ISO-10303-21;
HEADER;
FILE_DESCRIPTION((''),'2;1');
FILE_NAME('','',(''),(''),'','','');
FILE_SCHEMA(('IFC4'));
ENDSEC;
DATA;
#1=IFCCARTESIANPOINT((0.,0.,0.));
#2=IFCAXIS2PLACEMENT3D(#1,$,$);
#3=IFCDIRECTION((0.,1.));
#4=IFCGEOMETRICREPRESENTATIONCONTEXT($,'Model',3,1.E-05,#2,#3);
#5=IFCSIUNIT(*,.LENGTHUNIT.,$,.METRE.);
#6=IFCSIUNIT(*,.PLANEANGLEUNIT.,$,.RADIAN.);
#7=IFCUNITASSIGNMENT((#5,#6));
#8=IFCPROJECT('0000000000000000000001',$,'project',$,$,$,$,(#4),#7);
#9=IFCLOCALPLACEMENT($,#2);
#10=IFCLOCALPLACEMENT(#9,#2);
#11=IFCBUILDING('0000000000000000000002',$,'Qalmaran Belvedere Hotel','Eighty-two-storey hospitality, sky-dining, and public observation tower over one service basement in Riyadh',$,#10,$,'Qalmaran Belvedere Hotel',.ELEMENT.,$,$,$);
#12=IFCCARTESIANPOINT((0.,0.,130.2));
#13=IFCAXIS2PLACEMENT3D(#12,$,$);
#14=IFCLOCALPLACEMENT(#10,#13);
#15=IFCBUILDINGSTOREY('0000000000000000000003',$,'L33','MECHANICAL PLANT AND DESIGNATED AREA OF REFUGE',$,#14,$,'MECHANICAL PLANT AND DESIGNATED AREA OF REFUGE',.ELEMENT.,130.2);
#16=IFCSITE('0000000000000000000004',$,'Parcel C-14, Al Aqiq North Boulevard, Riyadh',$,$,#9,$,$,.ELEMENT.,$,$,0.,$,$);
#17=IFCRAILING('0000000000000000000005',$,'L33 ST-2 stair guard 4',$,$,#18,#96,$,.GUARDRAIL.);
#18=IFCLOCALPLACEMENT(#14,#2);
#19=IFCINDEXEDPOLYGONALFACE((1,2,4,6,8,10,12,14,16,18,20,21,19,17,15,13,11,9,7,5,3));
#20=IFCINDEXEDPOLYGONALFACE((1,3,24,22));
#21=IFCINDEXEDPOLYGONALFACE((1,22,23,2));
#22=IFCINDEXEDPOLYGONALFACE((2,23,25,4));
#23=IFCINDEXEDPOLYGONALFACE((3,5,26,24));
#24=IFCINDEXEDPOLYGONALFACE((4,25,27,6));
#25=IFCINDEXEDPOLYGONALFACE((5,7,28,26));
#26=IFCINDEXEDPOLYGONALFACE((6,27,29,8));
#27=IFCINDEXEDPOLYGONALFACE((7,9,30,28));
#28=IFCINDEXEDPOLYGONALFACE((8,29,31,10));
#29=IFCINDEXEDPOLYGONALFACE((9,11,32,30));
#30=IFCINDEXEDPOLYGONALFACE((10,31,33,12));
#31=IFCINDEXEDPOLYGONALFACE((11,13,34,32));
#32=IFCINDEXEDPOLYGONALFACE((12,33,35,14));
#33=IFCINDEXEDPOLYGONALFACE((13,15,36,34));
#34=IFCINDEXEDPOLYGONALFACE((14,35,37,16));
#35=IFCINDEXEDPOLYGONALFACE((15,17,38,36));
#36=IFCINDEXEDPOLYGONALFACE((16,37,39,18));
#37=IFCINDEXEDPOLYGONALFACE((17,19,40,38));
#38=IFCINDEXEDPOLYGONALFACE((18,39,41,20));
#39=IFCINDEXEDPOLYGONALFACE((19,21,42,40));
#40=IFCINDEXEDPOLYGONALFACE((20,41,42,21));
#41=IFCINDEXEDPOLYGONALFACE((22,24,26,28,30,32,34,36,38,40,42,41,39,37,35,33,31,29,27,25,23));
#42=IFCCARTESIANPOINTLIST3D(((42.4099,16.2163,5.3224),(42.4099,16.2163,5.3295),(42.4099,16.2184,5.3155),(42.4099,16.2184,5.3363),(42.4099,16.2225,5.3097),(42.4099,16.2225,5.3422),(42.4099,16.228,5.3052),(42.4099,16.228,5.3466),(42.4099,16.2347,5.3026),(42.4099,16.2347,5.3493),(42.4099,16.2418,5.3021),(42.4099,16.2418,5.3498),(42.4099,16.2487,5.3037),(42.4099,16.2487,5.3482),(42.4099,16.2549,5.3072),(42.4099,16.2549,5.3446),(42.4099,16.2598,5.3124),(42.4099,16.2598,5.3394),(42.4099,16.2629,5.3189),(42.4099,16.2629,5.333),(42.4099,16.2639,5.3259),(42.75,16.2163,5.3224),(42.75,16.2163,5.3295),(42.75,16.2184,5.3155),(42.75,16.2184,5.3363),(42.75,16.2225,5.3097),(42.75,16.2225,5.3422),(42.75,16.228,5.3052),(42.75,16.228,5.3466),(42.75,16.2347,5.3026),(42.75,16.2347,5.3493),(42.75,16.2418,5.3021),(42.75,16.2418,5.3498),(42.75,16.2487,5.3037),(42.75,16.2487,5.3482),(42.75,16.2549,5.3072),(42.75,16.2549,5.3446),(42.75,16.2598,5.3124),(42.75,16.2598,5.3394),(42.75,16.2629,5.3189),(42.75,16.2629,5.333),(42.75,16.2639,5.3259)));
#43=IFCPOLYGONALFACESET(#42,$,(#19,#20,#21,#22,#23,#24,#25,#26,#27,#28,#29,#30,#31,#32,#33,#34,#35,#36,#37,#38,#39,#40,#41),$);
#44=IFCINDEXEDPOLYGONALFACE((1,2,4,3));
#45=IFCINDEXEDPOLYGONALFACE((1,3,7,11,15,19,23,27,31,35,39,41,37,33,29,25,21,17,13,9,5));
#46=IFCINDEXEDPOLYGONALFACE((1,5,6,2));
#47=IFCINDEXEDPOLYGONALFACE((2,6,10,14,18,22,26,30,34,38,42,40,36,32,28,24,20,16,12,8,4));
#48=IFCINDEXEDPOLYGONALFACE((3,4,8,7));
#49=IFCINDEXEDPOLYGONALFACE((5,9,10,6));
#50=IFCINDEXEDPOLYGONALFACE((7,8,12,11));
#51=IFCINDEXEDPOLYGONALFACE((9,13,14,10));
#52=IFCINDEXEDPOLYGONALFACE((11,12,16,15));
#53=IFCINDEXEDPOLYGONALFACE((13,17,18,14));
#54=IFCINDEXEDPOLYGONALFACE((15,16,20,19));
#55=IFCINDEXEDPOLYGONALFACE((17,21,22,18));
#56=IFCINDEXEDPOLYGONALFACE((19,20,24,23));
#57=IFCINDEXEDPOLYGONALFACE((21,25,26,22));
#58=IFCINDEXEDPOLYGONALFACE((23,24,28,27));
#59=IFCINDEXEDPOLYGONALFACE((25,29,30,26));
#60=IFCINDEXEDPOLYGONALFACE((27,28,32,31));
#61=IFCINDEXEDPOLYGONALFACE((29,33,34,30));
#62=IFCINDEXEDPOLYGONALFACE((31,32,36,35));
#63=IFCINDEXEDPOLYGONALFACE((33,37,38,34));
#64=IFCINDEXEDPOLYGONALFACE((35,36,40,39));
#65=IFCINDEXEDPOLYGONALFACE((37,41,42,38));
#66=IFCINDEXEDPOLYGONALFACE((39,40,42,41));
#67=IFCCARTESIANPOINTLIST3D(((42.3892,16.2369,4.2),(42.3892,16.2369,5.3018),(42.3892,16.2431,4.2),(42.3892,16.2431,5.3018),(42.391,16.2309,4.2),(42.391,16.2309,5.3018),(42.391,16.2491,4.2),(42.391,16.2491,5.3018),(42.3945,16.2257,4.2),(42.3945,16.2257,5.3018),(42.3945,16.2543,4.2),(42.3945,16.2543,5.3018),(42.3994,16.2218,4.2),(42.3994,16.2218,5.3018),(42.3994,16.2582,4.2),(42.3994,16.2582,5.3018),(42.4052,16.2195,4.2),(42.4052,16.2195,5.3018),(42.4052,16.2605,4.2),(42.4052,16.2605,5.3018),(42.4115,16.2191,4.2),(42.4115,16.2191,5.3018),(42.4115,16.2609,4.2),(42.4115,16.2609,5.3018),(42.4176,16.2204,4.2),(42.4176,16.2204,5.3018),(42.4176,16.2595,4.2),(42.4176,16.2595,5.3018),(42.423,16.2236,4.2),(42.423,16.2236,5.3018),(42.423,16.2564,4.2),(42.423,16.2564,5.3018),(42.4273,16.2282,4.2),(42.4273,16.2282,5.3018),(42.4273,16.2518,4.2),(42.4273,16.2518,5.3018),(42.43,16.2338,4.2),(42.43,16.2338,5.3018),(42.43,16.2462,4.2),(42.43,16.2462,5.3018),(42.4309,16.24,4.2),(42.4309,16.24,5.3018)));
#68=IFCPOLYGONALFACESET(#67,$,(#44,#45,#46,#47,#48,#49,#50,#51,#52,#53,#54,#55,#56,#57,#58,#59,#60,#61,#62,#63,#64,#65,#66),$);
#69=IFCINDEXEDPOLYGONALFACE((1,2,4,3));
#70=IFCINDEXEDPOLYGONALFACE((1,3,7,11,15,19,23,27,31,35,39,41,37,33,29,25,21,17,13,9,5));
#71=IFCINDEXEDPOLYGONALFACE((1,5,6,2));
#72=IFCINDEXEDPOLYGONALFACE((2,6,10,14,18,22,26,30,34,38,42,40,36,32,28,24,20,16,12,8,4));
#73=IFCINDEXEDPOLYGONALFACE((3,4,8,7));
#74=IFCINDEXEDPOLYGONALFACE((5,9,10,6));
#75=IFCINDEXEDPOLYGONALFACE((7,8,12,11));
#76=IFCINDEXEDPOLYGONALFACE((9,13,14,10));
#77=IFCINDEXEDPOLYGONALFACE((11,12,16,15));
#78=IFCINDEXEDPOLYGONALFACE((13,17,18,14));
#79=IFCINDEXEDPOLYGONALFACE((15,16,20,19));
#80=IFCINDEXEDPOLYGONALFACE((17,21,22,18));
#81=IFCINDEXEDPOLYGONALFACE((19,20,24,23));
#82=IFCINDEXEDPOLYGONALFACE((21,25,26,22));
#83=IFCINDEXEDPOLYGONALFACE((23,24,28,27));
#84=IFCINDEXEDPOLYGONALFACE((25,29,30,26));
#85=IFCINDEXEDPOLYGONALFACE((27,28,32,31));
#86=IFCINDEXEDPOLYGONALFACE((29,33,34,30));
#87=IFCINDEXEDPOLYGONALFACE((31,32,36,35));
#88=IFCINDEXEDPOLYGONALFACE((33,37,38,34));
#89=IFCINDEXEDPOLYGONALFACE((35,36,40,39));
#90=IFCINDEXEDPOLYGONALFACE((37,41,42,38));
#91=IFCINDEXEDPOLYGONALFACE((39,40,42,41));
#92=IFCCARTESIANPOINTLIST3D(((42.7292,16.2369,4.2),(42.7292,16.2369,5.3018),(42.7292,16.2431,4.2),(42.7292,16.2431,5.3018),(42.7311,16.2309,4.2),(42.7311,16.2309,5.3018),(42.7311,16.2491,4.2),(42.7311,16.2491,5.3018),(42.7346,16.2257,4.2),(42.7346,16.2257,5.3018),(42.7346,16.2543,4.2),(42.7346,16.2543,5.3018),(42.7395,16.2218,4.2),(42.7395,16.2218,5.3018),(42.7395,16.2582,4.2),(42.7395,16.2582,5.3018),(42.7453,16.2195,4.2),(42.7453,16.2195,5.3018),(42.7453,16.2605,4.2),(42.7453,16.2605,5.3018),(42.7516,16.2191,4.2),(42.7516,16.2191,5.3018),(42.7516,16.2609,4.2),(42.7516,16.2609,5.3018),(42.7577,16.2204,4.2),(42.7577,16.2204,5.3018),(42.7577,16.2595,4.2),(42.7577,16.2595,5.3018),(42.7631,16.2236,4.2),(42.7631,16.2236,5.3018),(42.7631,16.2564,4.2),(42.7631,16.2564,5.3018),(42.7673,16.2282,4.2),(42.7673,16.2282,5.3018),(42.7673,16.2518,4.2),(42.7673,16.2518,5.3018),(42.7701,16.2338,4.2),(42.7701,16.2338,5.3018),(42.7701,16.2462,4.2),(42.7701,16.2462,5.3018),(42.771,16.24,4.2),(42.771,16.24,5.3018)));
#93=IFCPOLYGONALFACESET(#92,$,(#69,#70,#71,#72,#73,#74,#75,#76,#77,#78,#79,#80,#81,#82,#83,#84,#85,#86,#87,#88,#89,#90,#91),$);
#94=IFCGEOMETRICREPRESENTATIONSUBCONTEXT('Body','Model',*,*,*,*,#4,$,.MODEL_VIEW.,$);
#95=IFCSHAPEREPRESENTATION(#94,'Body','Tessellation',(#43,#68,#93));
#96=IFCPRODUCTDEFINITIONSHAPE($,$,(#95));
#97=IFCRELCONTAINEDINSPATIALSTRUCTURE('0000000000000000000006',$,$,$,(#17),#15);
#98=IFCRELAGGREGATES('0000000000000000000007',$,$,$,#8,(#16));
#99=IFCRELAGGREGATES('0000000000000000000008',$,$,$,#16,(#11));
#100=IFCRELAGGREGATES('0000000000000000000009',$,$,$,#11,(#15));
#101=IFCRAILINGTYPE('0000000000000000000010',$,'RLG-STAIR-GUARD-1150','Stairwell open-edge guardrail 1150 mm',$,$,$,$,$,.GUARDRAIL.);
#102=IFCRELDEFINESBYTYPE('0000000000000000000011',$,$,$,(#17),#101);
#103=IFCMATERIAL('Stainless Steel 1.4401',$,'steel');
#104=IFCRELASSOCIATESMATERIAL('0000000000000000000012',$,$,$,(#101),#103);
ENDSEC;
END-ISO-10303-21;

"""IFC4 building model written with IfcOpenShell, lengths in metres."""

from ifc_helpers import new_model, si_unit, direction, frame, origin, origin_2d, place, context, subcontext, project, spatial, circle, extrude, material, type_object, element, save


model = new_model("IFC4")

# Units and contexts
model_context = context("Model", 3, precision=1e-05, world=origin(), true_north=direction((0.0, 1.0)))
body_context = subcontext(model_context, "Body", "Model", "MODEL_VIEW")
ifc_project = project(units=[si_unit("LENGTHUNIT", "METRE"), si_unit("PLANEANGLEUNIT", "RADIAN")], contexts=[model_context])

# Site, building, storey
site_placement = place(None, origin())
site = spatial("IfcSite", under=ifc_project, at=site_placement, Name="Parcel C-14, Al Aqiq North Boulevard, Riyadh", CompositionType="ELEMENT", RefElevation=0.0)
building_placement = place(site_placement, origin())
building = spatial("IfcBuilding", under=site, at=building_placement, Name="Qalmaran Belvedere Hotel", Description="Eighty-two-storey hospitality, sky-dining, and public observation tower over one service basement in Riyadh", LongName="Qalmaran Belvedere Hotel", CompositionType="ELEMENT")
storey_placement = place(building_placement, frame((0.0, 0.0, 130.2)))
storey = spatial("IfcBuildingStorey", under=building, at=storey_placement, Name="L33", Description="MECHANICAL PLANT AND DESIGNATED AREA OF REFUGE", LongName="MECHANICAL PLANT AND DESIGNATED AREA OF REFUGE", CompositionType="ELEMENT", Elevation=130.2)

# Railing
ifc_material_1 = material(Name="Stainless Steel 1.4401", Category="steel")
railing_type_1 = type_object("IfcRailingType", Name="RLG-STAIR-GUARD-1150", Description="Stairwell open-edge guardrail 1150 mm", PredefinedType="GUARDRAIL", material=ifc_material_1)
railing_1_placement = place(storey_placement, frame((42.4099, 16.24, 4.2)))
element("IfcRailing", 1, at=railing_1_placement, inside=storey, type_object=railing_type_1, Name="L33 ST-2 stair guard 4", PredefinedType="GUARDRAIL", context=body_context, shape_type="SweptSolid", body=[
    extrude(circle(Radius=0.0239, at=origin_2d()), frame((0.0, 0.0, 1.126), z_axis=(1.0, 0.0, 0.0), x_axis=(0.0, 1.0, 0.0)), (0.0, 0.0, 1.0), 0.3401),
    extrude(circle(Radius=0.021, at=origin_2d()), origin(), (0.0, 0.0, 1.0), 1.1018),
    extrude(circle(Radius=0.021, at=origin_2d()), frame((0.3401, 0.0, 0.0)), (0.0, 0.0, 1.0), 1.1018),
])

save(model, "model.ifc")
